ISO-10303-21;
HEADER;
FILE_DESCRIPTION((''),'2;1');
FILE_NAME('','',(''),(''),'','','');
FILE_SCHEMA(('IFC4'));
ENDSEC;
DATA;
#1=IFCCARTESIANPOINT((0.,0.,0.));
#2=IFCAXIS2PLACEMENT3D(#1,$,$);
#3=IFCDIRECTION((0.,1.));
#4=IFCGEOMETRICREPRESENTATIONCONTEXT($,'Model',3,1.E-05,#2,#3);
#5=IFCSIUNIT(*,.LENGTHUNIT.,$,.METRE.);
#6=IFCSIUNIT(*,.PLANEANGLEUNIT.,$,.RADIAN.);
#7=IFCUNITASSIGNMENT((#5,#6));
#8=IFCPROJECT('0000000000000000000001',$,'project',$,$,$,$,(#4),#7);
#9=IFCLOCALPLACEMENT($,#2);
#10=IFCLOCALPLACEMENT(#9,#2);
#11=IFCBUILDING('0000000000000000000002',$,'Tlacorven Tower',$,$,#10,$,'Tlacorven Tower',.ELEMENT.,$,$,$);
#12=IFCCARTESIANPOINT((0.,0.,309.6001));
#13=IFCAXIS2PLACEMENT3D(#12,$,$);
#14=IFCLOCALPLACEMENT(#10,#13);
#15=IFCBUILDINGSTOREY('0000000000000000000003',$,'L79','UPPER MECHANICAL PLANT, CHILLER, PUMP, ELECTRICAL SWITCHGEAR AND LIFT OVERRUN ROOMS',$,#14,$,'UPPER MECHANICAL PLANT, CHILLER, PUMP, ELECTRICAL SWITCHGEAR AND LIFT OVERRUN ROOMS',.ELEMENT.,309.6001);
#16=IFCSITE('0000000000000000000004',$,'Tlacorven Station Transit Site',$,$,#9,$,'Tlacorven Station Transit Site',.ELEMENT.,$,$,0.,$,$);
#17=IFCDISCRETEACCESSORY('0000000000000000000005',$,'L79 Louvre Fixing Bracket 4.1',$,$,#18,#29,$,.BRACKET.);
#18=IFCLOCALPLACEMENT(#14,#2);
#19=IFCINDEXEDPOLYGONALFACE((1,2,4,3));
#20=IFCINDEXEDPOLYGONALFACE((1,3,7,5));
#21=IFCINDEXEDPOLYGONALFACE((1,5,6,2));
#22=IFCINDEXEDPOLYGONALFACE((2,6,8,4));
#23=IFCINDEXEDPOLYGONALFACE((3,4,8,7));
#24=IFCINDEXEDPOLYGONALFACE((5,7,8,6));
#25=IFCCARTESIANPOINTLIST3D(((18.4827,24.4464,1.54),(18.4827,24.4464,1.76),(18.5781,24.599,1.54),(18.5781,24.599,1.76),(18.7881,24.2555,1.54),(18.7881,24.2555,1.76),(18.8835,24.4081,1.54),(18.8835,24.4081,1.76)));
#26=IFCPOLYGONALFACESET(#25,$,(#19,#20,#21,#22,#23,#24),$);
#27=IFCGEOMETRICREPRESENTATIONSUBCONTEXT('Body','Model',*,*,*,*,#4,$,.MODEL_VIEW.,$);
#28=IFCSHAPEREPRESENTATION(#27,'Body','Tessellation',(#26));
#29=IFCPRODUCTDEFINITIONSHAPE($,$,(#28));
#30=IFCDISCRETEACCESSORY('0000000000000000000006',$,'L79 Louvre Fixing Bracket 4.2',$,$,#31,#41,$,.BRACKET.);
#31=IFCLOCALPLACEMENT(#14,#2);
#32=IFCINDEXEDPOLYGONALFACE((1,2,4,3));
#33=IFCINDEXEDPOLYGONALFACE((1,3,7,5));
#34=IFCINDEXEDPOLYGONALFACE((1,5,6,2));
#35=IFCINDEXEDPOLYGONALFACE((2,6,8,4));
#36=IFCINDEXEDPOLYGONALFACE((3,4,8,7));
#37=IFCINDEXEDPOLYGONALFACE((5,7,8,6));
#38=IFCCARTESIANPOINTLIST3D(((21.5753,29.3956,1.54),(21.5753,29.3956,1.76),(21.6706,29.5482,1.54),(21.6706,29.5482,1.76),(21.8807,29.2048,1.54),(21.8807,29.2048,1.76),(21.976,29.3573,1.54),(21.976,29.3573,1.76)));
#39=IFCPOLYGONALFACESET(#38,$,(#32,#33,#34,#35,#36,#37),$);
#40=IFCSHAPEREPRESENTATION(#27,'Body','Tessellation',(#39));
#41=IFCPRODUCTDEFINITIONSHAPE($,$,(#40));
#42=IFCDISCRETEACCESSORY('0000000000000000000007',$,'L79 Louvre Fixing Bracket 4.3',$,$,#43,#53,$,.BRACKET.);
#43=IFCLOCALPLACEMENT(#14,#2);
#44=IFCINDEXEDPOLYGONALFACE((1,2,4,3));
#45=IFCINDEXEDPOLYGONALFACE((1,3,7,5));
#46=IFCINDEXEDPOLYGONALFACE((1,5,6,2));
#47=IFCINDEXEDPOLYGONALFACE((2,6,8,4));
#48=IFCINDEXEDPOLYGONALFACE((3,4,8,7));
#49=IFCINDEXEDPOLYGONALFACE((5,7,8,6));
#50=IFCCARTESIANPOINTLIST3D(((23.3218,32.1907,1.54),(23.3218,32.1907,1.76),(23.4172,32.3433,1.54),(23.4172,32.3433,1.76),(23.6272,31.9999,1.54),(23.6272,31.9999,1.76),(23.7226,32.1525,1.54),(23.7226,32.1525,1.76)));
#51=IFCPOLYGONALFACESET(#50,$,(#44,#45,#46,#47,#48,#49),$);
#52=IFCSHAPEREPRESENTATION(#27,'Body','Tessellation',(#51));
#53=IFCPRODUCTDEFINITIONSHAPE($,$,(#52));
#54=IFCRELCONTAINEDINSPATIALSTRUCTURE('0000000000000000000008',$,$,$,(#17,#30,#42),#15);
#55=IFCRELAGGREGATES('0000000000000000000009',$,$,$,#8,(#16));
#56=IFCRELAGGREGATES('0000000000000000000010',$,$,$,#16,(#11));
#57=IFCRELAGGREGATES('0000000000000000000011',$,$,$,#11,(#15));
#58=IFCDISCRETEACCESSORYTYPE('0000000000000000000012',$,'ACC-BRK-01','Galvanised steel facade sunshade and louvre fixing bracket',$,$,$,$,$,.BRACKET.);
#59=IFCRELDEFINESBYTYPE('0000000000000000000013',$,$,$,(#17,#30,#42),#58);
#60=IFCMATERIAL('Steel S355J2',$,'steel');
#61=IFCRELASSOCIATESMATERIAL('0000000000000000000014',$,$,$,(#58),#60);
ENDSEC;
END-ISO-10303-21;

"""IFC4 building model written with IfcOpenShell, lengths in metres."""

from ifc_helpers import new_model, si_unit, direction, frame, origin, origin_2d, place, context, subcontext, project, spatial, rectangle, extrude, source, transform, mapped, material, type_object, element, save


model = new_model("IFC4")

# Units and contexts
model_context = context("Model", 3, precision=1e-05, world=origin(), true_north=direction((0.0, 1.0)))
body_context = subcontext(model_context, "Body", "Model", "MODEL_VIEW")
ifc_project = project(units=[si_unit("LENGTHUNIT", "METRE"), si_unit("PLANEANGLEUNIT", "RADIAN")], contexts=[model_context])

# Site, building, storey
site_placement = place(None, origin())
site = spatial("IfcSite", under=ifc_project, at=site_placement, Name="Tlacorven Station Transit Site", LongName="Tlacorven Station Transit Site", CompositionType="ELEMENT", RefElevation=0.0)
building_placement = place(site_placement, origin())
building = spatial("IfcBuilding", under=site, at=building_placement, Name="Tlacorven Tower", LongName="Tlacorven Tower", CompositionType="ELEMENT")
storey_placement = place(building_placement, frame((0.0, 0.0, 309.6001)))
storey = spatial("IfcBuildingStorey", under=building, at=storey_placement, Name="L79", Description="UPPER MECHANICAL PLANT, CHILLER, PUMP, ELECTRICAL SWITCHGEAR AND LIFT OVERRUN ROOMS", LongName="UPPER MECHANICAL PLANT, CHILLER, PUMP, ELECTRICAL SWITCHGEAR AND LIFT OVERRUN ROOMS", CompositionType="ELEMENT", Elevation=309.6001)

# Discrete accessories
ifc_material_1 = material(Name="Steel S355J2", Category="steel")
discrete_accessory_type = type_object("IfcDiscreteAccessoryType", Name="ACC-BRK-01", Description="Galvanised steel facade sunshade and louvre fixing bracket", PredefinedType="BRACKET", material=ifc_material_1)
shared_shape_1 = source(origin(), body_context, "Body", "SweptSolid", [
    extrude(rectangle(XDim=0.1799, YDim=0.3601, at=origin_2d()), origin(), (0.0, 0.0, 1.0), 0.22),
])
for number, where, z_axis, x_axis, name in (
    (1, (18.6831, 24.4272, 1.54), (0.0, 0.0, 1.0), (0.529919, 0.848048, 0.0), "L79 Louvre Fixing Bracket 4.1"),
    (2, (21.7756, 29.3765, 1.54), (0.0, 0.0, 1.0), (0.529919, 0.848048, 0.0), "L79 Louvre Fixing Bracket 4.2"),
    (3, (23.5222, 32.1716, 1.54), (0.0, 0.0, 1.0), (0.529919, 0.848048, 0.0), "L79 Louvre Fixing Bracket 4.3"),
):
    element("IfcDiscreteAccessory", number, at=place(storey_placement, frame(where, z_axis=z_axis, x_axis=x_axis)), inside=storey, type_object=discrete_accessory_type, Name=name, PredefinedType="BRACKET", context=body_context, shape_type="MappedRepresentation", body=[
        mapped(shared_shape_1, transform((0.0, 0.0, 0.0), scale=1.0)),
    ])

save(model, "model.ifc")
